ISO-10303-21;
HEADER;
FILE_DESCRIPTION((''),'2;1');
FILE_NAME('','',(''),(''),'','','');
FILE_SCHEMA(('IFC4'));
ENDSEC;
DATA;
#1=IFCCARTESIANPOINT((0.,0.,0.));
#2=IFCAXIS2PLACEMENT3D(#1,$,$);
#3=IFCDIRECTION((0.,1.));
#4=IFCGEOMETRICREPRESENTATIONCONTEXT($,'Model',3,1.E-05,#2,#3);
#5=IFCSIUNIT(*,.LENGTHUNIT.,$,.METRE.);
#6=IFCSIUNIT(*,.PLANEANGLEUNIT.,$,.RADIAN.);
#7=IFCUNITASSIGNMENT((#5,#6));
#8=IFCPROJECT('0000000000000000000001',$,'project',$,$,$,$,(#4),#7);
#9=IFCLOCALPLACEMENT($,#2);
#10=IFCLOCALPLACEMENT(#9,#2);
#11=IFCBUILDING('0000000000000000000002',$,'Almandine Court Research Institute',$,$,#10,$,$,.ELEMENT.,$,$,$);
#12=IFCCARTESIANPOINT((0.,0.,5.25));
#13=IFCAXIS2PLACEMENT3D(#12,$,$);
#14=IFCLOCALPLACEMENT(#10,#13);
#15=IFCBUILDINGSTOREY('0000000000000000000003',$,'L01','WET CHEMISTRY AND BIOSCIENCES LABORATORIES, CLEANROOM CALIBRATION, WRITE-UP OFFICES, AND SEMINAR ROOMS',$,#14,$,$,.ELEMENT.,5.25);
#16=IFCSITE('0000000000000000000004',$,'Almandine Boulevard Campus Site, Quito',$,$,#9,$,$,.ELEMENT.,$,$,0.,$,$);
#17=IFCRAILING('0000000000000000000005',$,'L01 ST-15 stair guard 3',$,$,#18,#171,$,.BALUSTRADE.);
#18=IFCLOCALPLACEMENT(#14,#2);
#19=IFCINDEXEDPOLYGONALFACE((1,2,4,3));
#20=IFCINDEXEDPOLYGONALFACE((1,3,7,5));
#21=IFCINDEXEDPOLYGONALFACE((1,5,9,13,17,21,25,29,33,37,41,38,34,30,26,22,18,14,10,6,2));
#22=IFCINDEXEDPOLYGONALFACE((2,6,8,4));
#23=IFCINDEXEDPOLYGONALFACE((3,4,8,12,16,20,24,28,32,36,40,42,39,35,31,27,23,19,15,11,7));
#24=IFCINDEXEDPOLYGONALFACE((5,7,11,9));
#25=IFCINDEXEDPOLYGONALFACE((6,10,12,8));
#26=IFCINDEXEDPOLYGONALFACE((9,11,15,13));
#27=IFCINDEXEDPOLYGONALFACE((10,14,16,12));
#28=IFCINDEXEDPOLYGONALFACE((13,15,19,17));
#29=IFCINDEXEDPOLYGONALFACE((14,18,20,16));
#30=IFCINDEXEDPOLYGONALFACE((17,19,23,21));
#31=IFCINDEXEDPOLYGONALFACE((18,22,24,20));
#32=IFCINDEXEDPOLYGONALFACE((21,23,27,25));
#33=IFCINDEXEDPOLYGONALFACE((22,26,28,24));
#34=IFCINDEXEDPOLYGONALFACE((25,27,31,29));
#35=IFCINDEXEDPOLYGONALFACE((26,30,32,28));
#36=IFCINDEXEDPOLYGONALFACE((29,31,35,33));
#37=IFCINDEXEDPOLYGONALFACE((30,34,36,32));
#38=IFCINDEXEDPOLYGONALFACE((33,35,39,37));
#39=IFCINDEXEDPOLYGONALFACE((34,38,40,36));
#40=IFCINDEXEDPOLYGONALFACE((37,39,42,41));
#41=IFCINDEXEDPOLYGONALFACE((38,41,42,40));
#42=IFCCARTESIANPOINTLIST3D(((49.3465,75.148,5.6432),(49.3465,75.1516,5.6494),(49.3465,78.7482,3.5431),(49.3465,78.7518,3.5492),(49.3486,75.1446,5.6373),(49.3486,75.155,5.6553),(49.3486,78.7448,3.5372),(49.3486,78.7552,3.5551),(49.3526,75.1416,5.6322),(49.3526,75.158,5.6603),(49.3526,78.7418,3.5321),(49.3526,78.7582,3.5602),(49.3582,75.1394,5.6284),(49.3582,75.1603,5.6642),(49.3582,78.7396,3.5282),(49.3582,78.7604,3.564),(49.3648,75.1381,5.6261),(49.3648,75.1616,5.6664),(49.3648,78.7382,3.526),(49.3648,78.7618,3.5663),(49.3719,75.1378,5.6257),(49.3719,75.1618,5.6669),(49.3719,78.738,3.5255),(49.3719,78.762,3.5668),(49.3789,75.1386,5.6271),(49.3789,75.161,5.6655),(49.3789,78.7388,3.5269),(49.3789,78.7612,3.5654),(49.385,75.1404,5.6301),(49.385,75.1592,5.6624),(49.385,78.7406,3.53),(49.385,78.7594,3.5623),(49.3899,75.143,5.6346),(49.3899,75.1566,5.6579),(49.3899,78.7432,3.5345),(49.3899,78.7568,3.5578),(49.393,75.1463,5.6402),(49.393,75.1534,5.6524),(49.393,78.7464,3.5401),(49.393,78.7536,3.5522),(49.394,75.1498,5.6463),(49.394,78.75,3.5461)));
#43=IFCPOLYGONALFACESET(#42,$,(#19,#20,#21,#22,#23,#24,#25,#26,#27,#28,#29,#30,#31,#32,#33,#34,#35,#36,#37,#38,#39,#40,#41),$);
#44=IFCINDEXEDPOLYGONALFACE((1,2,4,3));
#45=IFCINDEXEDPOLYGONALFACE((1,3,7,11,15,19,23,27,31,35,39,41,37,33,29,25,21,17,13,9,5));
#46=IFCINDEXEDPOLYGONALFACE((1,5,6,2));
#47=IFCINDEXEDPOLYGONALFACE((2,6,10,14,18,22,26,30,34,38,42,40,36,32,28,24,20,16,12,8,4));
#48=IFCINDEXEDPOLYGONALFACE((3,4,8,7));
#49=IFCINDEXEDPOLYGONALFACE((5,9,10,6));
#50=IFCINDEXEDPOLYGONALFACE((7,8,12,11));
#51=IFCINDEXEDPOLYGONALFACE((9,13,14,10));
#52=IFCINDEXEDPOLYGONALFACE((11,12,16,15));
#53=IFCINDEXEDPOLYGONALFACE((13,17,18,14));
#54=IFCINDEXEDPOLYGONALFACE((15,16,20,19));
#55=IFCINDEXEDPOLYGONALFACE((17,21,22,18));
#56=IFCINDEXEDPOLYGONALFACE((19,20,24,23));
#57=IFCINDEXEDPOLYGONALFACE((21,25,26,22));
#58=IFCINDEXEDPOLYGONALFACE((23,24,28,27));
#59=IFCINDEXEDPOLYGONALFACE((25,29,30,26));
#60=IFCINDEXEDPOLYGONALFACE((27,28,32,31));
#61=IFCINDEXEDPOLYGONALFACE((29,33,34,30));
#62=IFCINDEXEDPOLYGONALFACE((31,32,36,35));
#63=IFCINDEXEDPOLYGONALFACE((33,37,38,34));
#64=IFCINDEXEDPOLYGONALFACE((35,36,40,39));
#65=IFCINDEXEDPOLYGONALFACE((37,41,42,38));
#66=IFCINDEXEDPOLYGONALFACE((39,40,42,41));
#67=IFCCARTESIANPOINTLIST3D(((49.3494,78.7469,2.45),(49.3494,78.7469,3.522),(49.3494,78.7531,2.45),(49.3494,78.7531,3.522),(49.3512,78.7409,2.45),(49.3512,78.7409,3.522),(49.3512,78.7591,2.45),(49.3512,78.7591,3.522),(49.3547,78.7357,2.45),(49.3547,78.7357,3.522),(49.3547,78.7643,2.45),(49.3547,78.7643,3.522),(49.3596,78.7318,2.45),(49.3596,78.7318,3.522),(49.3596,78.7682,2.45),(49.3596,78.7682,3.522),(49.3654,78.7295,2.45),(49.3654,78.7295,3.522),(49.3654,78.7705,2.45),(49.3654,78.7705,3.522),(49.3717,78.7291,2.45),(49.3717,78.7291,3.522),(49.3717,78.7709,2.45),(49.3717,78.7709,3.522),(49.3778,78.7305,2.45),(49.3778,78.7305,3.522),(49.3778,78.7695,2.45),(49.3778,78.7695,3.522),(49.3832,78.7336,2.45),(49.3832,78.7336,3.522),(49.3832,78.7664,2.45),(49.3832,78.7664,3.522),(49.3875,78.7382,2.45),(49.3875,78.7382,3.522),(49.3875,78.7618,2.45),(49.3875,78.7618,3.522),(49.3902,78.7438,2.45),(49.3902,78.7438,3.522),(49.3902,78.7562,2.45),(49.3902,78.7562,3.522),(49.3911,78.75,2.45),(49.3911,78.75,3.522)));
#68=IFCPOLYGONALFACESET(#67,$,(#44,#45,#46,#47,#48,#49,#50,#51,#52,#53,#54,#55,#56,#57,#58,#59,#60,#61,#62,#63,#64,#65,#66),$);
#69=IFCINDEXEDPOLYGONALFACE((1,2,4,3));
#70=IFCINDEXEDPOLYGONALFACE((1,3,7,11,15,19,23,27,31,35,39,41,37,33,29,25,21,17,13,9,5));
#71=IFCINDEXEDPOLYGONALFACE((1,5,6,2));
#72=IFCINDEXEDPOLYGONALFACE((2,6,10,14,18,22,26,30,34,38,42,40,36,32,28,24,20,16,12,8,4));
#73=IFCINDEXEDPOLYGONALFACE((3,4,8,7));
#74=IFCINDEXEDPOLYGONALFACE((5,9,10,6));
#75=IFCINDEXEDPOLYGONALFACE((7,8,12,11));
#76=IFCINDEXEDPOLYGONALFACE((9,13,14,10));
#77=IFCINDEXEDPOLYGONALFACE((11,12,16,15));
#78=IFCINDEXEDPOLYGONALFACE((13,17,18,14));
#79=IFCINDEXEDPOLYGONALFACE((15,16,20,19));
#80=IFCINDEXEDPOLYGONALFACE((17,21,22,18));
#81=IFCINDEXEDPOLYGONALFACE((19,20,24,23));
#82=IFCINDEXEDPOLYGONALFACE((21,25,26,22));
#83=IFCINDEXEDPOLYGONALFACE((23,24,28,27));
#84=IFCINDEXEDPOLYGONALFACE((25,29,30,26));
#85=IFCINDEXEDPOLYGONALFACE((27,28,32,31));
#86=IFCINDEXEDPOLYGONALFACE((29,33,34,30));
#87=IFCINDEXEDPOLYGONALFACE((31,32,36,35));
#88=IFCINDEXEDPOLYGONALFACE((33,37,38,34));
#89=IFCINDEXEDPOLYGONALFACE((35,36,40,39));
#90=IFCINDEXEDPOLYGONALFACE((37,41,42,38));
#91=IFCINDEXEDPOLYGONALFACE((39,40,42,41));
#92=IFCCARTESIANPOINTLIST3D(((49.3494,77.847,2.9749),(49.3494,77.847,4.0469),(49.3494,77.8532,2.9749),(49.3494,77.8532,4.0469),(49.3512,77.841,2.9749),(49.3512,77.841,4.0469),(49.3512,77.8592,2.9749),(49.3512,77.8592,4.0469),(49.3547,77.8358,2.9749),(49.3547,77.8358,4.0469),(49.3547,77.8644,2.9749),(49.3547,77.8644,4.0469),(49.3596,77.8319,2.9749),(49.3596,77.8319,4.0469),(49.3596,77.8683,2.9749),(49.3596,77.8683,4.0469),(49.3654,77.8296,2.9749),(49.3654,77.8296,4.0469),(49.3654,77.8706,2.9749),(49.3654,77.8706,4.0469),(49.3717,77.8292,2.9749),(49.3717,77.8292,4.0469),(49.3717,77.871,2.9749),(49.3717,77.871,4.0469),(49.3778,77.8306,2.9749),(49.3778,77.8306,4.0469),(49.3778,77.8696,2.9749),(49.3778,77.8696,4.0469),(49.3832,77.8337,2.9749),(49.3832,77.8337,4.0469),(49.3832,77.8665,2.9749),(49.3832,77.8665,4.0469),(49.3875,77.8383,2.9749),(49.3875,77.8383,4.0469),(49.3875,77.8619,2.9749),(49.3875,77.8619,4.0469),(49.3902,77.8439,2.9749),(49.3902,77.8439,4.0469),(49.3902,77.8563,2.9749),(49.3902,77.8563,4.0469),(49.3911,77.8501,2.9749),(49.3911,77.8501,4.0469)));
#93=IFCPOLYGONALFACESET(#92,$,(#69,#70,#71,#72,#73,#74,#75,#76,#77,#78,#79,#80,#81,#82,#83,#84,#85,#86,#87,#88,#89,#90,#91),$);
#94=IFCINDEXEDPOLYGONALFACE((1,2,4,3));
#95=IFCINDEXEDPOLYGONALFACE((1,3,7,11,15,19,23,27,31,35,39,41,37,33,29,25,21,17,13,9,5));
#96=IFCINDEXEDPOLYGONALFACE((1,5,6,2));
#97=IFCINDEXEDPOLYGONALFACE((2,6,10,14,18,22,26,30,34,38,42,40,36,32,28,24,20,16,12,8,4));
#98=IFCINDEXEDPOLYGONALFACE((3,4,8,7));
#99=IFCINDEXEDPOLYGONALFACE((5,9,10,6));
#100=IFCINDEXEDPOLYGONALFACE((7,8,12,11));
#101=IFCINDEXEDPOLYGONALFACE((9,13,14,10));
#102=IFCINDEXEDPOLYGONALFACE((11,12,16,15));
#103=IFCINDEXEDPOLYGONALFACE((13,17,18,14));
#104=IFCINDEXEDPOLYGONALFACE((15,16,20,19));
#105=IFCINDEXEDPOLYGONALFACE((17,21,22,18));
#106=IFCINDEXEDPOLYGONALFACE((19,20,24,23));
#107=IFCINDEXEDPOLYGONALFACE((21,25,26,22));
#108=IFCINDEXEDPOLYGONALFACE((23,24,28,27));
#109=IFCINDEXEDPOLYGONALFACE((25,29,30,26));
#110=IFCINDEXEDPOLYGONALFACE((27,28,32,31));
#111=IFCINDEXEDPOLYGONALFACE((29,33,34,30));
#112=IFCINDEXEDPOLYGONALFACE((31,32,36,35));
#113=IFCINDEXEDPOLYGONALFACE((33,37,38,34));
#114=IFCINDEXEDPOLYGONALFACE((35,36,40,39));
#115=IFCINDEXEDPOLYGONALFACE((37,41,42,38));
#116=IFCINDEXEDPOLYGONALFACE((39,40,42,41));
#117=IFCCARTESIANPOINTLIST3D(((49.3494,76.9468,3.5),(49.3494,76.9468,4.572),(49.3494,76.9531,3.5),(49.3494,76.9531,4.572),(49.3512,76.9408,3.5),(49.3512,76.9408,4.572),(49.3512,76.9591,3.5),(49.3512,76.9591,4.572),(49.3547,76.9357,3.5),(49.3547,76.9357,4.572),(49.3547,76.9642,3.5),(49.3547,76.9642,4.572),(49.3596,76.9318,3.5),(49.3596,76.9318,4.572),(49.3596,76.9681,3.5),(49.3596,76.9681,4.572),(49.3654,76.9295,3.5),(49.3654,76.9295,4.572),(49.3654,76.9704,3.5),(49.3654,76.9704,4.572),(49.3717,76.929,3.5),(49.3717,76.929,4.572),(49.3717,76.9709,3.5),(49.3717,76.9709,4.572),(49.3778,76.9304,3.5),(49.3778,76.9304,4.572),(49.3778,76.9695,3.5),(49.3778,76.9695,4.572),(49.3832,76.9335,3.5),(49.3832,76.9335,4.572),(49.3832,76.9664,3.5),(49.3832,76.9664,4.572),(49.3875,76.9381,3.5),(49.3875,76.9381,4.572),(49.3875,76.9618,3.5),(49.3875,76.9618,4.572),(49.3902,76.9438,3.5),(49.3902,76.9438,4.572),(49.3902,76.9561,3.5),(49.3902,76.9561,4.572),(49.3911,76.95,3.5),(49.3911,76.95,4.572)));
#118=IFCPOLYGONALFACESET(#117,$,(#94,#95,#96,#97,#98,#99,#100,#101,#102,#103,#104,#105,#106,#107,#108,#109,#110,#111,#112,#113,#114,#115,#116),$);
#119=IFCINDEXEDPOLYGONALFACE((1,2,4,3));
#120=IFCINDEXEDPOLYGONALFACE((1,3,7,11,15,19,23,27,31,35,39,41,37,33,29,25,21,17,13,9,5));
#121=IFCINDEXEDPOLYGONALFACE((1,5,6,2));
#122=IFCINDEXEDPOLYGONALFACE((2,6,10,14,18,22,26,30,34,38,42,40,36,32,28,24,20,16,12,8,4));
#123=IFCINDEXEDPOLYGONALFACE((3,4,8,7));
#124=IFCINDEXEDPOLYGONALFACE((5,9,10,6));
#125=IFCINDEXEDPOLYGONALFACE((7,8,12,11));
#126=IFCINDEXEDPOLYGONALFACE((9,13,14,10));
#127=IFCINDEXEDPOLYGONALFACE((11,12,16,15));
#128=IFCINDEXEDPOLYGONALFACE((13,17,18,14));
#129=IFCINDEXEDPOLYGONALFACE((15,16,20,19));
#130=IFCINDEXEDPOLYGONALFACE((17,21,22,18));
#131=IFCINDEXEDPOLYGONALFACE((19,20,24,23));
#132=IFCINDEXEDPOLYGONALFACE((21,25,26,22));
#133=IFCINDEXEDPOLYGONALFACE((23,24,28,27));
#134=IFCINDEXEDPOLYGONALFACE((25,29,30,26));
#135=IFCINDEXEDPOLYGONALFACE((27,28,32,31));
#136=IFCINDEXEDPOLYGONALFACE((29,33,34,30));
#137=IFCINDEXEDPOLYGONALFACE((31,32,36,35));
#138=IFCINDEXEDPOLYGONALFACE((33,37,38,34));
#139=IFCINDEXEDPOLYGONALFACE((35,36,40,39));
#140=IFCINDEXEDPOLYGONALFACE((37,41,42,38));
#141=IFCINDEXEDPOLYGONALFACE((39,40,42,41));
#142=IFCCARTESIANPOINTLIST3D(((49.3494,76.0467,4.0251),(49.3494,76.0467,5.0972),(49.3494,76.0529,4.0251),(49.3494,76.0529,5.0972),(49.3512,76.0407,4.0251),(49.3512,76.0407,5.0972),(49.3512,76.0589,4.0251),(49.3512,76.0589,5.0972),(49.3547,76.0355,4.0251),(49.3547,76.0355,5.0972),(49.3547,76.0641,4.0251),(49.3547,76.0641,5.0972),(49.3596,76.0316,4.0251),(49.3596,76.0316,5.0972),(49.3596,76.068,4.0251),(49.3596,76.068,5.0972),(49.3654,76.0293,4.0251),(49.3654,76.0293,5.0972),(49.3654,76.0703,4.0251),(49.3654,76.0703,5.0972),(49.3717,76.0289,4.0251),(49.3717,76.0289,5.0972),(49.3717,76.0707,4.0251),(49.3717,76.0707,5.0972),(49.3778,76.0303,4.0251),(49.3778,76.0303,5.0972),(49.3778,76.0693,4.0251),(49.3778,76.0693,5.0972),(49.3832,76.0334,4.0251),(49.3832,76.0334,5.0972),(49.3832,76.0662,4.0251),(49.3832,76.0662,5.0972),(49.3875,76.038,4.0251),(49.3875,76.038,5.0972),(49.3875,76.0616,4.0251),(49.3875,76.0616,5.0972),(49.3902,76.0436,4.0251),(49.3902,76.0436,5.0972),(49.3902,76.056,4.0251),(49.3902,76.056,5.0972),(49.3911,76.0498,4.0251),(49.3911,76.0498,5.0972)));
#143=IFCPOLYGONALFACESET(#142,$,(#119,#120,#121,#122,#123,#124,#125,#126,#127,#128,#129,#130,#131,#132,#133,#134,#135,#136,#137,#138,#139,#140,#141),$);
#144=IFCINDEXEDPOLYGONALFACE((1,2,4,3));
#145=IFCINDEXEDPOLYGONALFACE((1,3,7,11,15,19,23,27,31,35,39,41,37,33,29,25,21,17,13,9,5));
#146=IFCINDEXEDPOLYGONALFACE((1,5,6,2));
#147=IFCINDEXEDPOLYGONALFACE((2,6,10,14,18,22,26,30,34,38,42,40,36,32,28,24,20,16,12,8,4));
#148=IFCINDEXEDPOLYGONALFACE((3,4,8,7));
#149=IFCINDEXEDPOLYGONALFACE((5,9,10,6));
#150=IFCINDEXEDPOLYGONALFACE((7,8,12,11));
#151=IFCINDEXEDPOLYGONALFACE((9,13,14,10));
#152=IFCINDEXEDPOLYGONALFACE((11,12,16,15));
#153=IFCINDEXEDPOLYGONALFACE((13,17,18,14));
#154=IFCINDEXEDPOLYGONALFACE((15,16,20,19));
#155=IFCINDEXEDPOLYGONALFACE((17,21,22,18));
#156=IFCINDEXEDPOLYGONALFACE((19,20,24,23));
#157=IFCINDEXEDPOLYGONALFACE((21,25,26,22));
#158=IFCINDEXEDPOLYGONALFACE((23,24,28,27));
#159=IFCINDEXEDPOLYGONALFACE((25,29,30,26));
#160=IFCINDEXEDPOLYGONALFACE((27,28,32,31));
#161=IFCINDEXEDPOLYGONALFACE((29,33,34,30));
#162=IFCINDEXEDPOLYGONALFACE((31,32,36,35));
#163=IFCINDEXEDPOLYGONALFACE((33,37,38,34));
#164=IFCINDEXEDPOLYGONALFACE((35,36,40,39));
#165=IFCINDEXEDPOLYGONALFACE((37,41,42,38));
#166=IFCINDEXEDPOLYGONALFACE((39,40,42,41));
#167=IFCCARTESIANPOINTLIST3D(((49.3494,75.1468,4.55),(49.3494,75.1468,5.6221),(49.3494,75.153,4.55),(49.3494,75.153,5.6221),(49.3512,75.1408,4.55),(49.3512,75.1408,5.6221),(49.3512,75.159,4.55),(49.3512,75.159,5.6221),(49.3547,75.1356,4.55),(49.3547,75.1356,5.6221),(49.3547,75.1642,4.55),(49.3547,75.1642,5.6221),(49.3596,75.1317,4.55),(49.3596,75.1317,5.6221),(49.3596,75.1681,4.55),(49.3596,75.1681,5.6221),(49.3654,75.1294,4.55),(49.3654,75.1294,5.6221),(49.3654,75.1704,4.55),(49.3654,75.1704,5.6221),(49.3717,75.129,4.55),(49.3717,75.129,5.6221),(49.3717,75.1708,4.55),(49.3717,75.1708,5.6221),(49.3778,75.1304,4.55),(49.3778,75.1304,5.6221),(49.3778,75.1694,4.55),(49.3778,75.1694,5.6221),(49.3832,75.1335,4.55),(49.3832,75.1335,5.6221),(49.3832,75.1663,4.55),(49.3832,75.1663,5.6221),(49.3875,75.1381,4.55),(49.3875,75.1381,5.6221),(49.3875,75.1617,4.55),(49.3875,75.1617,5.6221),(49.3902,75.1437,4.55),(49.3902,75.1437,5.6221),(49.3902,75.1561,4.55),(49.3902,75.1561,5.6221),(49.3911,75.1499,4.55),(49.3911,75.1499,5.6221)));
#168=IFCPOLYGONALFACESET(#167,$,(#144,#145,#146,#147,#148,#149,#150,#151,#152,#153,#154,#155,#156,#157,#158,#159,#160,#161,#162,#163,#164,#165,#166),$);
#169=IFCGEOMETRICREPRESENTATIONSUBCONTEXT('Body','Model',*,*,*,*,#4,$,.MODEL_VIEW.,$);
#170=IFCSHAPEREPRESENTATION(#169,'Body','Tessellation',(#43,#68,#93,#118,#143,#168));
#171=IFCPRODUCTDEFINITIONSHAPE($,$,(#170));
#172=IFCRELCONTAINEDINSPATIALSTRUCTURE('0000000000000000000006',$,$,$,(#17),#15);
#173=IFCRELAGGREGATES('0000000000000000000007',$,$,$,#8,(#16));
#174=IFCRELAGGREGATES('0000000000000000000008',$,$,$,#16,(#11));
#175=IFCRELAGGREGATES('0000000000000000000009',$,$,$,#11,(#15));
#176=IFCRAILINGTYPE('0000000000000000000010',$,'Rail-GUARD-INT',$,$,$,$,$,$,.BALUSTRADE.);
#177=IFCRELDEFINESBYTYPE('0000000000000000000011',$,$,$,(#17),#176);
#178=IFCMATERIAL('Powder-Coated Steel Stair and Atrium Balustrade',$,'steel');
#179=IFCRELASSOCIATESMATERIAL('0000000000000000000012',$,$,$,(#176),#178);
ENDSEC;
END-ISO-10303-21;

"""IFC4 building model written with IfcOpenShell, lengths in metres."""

from ifc_helpers import new_model, si_unit, direction, frame, origin, origin_2d, place, context, subcontext, project, spatial, circle, extrude, material, type_object, element, save


model = new_model("IFC4")

# Units and contexts
model_context = context("Model", 3, precision=1e-05, world=origin(), true_north=direction((0.0, 1.0)))
body_context = subcontext(model_context, "Body", "Model", "MODEL_VIEW")
ifc_project = project(units=[si_unit("LENGTHUNIT", "METRE"), si_unit("PLANEANGLEUNIT", "RADIAN")], contexts=[model_context])

# Site, building, storey
site_placement = place(None, origin())
site = spatial("IfcSite", under=ifc_project, at=site_placement, Name="Almandine Boulevard Campus Site, Quito", CompositionType="ELEMENT", RefElevation=0.0)
building_placement = place(site_placement, origin())
building = spatial("IfcBuilding", under=site, at=building_placement, Name="Almandine Court Research Institute", CompositionType="ELEMENT")
storey_placement = place(building_placement, frame((0.0, 0.0, 5.25)))
storey = spatial("IfcBuildingStorey", under=building, at=storey_placement, Name="L01", Description="WET CHEMISTRY AND BIOSCIENCES LABORATORIES, CLEANROOM CALIBRATION, WRITE-UP OFFICES, AND SEMINAR ROOMS", CompositionType="ELEMENT", Elevation=5.25)

# Railing
ifc_material_1 = material(Name="Powder-Coated Steel Stair and Atrium Balustrade", Category="steel")
railing_type_1 = type_object("IfcRailingType", Name="Rail-GUARD-INT", PredefinedType="BALUSTRADE", material=ifc_material_1)
railing_1_placement = place(storey_placement, frame((49.3701, 78.75, 2.45)))
element("IfcRailing", 1, at=railing_1_placement, inside=storey, type_object=railing_type_1, Name="L01 ST-15 stair guard 3", PredefinedType="BALUSTRADE", context=body_context, shape_type="SweptSolid", body=[
    extrude(circle(Radius=0.0239, at=origin_2d()), frame((0.0, 0.0, 1.0962), z_axis=(0.0, -0.863775, 0.503878), x_axis=(1.0, 0.0, 0.0)), (0.0, 0.0, 1.0), 4.168),
    extrude(circle(Radius=0.021, at=origin_2d()), origin(), (0.0, 0.0, 1.0), 1.072),
    extrude(circle(Radius=0.021, at=origin_2d()), frame((0.0, -0.8999, 0.5249)), (0.0, 0.0, 1.0), 1.072),
    extrude(circle(Radius=0.021, at=origin_2d()), frame((0.0, -1.8, 1.05)), (0.0, 0.0, 1.0), 1.072),
    extrude(circle(Radius=0.021, at=origin_2d()), frame((0.0, -2.7002, 1.5752)), (0.0, 0.0, 1.0), 1.072),
    extrude(circle(Radius=0.021, at=origin_2d()), frame((0.0, -3.6001, 2.1001)), (0.0, 0.0, 1.0), 1.072),
])

save(model, "model.ifc")
